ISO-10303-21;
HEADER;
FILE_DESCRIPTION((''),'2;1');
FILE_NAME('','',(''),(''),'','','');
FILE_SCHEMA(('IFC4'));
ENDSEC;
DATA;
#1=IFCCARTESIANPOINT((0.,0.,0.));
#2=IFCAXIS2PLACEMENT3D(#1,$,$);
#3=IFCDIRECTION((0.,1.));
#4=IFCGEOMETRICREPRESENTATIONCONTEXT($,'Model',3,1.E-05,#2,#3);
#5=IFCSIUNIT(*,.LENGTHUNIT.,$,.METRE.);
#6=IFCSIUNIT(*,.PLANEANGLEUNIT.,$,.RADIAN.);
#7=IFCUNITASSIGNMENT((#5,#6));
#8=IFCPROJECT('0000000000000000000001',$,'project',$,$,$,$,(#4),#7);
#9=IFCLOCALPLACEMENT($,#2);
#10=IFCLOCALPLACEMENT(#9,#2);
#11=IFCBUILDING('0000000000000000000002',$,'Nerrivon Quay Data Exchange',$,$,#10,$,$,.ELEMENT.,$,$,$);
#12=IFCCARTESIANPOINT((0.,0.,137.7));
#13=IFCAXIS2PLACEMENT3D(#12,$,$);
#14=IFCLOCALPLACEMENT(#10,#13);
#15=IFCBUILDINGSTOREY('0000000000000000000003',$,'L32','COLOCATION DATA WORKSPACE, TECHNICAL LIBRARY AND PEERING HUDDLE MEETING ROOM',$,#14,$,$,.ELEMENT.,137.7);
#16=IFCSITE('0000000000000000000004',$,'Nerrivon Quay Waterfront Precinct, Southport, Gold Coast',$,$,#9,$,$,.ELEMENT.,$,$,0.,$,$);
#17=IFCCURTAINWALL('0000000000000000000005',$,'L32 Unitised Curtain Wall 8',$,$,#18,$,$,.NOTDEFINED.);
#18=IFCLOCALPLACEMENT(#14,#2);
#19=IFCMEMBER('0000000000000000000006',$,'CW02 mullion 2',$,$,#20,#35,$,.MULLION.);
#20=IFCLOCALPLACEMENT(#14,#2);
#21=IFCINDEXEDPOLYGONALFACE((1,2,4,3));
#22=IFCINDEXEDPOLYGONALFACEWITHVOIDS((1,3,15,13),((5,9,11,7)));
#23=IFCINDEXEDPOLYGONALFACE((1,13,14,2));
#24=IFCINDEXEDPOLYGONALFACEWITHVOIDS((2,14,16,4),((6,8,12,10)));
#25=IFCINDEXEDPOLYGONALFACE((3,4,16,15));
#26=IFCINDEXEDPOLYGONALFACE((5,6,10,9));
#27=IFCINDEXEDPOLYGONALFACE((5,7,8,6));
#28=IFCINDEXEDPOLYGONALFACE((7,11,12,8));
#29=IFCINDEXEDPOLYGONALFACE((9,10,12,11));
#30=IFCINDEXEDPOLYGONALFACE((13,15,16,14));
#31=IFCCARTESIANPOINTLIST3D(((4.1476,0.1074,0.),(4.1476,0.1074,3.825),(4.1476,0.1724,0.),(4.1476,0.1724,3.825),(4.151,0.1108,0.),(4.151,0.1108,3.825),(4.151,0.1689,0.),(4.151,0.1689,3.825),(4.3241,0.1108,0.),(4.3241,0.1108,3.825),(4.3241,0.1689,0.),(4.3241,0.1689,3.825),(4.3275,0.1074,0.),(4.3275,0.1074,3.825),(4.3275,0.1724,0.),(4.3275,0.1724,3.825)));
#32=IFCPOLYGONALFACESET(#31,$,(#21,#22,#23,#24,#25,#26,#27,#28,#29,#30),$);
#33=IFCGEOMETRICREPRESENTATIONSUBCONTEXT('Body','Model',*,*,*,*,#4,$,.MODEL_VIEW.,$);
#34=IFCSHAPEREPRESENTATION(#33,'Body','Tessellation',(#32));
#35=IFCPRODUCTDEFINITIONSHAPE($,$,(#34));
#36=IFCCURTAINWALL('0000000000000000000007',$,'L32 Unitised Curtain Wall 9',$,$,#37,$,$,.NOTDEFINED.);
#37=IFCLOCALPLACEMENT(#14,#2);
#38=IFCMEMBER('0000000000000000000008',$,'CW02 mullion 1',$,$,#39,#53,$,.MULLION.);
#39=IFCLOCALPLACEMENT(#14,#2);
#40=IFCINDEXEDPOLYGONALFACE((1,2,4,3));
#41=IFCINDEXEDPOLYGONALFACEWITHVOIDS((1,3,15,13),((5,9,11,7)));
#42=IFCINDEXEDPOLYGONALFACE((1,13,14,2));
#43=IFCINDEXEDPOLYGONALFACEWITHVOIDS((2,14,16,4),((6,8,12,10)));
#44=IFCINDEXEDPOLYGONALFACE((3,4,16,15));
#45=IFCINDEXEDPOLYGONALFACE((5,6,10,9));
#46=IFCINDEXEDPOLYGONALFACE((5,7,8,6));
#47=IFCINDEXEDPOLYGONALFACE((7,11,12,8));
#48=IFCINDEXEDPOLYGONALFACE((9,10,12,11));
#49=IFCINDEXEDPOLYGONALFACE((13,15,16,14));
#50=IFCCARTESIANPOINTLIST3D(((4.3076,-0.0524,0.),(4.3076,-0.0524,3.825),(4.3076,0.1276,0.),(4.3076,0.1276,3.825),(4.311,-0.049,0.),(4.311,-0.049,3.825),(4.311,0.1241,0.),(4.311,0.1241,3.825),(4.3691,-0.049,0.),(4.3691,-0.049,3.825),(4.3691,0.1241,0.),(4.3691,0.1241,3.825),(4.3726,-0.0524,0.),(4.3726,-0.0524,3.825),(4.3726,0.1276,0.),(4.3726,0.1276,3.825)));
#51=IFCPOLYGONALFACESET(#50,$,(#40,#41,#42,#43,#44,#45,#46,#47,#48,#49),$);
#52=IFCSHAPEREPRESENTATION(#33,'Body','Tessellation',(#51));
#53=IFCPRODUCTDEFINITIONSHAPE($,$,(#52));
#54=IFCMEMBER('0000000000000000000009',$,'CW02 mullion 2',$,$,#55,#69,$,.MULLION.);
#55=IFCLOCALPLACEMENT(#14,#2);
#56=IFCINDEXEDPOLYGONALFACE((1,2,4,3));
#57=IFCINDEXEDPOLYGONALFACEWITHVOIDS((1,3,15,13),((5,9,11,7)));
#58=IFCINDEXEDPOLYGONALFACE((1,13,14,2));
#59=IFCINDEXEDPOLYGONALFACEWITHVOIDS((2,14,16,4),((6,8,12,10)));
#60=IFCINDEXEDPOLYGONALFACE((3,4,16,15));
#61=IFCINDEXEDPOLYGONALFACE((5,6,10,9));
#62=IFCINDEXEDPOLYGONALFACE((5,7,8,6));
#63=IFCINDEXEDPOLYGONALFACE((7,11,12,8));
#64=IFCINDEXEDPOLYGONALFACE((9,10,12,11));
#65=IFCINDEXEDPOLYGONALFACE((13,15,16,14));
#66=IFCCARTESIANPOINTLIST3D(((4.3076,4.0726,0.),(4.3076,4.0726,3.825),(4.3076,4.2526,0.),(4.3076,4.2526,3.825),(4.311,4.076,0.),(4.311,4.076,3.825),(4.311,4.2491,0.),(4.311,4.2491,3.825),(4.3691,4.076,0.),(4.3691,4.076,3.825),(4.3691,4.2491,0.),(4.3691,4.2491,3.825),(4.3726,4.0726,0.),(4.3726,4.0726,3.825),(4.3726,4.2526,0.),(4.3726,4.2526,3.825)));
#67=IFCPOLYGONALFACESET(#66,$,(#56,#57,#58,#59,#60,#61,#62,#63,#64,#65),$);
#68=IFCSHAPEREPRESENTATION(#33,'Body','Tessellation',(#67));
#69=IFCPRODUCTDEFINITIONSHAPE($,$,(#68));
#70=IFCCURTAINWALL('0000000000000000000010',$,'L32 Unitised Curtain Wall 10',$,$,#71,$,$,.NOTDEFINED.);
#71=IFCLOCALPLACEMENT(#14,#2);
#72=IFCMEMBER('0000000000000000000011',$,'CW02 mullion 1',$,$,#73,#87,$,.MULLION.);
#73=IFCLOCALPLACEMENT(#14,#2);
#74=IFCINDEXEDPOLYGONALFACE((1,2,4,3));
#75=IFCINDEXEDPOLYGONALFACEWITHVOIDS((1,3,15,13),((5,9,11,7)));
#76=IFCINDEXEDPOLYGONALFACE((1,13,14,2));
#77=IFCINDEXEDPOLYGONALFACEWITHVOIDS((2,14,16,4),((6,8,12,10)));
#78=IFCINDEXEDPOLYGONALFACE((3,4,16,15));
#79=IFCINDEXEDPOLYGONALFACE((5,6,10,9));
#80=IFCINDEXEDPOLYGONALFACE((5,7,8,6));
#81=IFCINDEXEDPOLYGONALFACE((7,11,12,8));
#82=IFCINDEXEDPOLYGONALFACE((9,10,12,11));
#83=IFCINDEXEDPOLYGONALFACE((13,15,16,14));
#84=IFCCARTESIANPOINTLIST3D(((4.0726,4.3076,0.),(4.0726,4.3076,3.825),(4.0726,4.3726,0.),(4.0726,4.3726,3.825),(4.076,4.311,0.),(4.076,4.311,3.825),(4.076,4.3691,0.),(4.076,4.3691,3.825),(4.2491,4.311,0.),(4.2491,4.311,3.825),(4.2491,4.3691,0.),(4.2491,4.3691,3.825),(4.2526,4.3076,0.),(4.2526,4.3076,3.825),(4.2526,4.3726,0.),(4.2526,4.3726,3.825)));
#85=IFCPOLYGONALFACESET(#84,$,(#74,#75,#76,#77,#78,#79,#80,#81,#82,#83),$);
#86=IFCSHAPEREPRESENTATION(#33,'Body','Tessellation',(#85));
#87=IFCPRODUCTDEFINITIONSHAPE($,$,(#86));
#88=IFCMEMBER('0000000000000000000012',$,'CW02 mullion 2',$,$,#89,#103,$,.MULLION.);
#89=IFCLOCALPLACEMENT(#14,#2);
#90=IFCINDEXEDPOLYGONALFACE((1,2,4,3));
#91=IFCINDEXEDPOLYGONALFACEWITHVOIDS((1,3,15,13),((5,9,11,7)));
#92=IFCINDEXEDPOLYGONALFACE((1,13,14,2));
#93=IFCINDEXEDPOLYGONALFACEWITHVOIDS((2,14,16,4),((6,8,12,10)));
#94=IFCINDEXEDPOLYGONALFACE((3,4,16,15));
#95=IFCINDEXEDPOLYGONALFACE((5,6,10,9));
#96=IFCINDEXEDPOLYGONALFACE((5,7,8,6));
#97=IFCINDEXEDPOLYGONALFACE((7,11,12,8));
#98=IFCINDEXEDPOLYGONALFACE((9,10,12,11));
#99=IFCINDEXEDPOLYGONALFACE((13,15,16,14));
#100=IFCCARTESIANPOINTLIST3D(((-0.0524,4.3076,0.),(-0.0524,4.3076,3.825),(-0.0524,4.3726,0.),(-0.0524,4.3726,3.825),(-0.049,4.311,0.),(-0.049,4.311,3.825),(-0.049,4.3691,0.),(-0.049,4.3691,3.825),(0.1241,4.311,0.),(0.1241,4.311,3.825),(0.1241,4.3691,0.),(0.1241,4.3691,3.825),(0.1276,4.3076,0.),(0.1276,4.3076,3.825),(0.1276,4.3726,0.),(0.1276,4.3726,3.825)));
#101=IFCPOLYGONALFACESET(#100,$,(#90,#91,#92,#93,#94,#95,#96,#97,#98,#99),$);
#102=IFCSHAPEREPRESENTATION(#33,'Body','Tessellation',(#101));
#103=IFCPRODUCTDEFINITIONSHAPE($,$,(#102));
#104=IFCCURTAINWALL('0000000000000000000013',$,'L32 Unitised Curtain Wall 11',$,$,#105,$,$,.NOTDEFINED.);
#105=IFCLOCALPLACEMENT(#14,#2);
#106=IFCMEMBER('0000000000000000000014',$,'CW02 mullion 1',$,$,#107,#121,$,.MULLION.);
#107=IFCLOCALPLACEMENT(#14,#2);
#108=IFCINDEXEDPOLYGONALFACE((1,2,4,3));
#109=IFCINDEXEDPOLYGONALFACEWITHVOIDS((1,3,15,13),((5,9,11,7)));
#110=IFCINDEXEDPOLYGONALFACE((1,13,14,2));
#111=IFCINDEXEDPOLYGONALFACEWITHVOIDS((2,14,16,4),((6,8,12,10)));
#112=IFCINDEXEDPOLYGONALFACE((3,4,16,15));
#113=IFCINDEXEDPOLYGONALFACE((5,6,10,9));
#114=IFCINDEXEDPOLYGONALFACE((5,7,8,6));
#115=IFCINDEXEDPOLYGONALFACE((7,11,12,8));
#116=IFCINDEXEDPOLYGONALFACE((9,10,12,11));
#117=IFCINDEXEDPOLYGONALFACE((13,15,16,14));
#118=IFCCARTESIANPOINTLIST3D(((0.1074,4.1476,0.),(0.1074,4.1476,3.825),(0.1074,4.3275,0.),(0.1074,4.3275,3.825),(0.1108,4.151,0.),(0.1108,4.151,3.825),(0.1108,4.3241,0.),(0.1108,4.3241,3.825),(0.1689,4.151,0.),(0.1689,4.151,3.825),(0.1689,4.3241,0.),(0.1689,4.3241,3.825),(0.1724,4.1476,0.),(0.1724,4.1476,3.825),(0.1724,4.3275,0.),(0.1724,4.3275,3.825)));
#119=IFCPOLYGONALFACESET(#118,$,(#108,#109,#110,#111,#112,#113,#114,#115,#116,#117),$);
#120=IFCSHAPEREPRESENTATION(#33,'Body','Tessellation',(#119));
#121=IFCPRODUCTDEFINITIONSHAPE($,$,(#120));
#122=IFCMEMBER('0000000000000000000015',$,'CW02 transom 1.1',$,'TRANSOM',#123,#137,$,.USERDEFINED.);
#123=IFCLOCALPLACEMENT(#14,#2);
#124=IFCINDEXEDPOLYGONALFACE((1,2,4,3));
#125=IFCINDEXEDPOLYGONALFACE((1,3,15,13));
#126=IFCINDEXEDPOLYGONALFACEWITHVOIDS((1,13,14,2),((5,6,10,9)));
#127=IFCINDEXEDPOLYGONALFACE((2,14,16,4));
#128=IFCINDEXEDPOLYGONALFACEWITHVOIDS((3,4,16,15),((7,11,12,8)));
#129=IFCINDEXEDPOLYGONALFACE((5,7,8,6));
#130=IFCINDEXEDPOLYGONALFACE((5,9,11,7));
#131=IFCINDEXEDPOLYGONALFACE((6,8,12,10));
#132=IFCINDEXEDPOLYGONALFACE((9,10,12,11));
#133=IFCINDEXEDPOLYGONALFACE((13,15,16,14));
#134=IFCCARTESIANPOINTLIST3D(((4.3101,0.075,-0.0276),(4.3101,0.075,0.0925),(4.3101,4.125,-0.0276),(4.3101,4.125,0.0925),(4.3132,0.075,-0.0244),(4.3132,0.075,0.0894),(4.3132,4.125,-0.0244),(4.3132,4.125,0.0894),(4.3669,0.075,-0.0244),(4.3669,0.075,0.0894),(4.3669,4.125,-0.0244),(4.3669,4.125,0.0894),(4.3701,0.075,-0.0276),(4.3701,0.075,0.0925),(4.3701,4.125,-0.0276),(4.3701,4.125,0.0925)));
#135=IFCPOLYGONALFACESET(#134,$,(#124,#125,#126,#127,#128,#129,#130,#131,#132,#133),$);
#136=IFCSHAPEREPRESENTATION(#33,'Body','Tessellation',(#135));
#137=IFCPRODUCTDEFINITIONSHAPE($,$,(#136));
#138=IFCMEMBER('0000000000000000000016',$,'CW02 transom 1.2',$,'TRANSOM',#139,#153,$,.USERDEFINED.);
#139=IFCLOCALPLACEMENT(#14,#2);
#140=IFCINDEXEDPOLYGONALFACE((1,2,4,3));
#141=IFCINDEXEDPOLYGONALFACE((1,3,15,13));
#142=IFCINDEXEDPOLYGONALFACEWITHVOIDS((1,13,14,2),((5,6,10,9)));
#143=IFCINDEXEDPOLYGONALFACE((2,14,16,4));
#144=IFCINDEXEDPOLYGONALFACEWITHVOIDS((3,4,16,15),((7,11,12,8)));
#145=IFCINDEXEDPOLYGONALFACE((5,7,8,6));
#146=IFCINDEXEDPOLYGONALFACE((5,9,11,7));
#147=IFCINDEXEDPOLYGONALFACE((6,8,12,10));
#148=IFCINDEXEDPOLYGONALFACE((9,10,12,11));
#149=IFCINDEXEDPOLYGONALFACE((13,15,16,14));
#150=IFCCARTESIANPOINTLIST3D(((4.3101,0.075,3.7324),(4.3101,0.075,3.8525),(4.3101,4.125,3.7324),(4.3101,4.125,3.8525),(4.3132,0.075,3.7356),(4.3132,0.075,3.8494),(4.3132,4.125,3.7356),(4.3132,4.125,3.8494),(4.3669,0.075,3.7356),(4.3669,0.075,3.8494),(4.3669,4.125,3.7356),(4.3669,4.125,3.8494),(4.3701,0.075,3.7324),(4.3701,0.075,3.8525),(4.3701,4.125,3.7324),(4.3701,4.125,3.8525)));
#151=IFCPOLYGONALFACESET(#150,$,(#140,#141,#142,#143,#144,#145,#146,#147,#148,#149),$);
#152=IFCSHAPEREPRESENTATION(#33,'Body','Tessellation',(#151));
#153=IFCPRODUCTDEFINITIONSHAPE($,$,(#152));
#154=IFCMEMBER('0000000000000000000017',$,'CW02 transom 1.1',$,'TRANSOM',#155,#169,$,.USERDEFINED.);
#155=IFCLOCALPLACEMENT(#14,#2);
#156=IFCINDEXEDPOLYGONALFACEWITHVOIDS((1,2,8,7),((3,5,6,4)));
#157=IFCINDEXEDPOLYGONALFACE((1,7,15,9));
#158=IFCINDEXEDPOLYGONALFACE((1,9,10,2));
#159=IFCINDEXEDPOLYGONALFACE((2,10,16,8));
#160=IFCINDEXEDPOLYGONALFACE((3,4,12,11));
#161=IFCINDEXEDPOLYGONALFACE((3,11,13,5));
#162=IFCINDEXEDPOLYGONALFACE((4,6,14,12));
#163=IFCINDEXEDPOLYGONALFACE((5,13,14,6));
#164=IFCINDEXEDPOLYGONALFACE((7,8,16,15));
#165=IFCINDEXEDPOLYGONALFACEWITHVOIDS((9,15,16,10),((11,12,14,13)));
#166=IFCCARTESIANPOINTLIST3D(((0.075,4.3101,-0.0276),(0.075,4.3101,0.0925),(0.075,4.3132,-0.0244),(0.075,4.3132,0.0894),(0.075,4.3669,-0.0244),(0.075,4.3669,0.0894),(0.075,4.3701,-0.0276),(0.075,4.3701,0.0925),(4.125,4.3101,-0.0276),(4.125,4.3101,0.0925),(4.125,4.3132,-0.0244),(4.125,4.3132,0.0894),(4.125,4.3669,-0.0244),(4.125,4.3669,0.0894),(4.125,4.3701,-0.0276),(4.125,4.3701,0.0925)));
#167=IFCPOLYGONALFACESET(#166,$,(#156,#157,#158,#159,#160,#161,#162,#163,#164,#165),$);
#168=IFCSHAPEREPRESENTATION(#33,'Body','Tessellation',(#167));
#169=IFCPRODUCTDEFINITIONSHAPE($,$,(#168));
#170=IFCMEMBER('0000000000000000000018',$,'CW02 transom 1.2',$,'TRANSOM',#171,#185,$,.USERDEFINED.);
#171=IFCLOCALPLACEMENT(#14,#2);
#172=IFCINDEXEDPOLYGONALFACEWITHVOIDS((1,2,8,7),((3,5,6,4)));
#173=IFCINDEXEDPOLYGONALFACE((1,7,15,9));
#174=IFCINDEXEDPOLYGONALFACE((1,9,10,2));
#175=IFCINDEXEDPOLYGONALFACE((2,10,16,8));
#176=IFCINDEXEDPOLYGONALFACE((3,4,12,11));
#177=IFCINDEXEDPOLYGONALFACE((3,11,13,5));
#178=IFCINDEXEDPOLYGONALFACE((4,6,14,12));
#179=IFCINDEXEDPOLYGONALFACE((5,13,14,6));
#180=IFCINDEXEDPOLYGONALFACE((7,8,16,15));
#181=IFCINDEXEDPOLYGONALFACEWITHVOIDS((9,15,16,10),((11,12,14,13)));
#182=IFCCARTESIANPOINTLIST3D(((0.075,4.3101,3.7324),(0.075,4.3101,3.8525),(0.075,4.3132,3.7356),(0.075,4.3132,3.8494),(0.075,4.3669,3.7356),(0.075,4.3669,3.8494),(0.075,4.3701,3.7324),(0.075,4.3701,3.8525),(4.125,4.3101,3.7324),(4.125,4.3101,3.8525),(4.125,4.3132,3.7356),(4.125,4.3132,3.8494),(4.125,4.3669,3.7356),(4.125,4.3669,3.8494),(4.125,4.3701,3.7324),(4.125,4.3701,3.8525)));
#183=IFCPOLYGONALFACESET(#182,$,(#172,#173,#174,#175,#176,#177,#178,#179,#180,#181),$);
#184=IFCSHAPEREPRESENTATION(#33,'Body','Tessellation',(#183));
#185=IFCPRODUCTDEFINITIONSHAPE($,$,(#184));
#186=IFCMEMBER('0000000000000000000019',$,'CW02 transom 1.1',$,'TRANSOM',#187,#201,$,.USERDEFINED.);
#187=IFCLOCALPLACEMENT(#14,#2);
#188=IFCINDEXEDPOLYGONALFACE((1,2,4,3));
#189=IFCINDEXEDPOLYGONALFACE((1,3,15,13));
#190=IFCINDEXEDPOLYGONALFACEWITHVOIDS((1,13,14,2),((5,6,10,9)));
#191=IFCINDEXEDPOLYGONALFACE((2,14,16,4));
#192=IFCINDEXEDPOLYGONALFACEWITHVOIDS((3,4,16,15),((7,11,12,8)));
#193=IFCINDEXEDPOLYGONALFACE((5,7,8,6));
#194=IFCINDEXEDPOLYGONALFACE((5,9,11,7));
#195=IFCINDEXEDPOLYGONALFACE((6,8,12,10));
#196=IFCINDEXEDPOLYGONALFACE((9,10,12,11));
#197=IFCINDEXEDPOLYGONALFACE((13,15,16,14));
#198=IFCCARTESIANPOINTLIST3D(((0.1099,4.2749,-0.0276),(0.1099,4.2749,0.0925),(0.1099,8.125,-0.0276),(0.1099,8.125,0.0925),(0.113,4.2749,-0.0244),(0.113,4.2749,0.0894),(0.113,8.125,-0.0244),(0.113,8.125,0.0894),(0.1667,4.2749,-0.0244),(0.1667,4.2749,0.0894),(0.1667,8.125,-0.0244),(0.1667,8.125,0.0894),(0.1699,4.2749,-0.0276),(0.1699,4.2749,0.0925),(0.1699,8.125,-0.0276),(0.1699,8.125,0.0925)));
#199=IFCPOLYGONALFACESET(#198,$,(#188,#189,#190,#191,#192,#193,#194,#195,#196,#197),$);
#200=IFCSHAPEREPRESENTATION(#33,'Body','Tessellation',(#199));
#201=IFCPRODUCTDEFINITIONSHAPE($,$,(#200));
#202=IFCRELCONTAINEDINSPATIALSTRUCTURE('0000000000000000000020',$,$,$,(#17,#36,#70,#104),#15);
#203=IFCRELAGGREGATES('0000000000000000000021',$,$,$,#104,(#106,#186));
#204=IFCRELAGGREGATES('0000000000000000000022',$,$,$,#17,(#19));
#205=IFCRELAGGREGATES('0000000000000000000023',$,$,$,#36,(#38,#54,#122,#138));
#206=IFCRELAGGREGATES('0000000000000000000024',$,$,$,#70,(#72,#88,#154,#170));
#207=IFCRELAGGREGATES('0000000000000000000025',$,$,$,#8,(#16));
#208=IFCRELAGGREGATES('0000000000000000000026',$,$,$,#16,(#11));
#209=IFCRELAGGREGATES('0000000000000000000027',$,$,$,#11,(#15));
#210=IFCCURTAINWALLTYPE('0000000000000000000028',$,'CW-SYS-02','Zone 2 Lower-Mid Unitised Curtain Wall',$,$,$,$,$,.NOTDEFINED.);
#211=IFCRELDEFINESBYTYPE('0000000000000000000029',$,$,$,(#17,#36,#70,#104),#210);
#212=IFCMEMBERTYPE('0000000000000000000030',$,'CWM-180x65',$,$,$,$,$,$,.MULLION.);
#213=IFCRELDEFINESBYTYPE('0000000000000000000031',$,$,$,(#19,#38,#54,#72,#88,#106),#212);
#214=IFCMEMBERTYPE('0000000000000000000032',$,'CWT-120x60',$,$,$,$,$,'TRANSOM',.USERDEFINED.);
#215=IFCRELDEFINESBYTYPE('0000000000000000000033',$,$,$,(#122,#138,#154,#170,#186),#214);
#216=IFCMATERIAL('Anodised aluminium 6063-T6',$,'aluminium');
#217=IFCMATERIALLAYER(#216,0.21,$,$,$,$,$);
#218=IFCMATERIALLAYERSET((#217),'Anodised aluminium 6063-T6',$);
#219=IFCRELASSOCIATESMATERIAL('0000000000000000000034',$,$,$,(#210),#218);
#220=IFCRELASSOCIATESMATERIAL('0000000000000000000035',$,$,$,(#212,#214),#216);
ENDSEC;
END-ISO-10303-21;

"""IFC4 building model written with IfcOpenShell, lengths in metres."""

from ifc_helpers import new_model, si_unit, direction, frame, origin, origin_2d, place, context, subcontext, project, spatial, hollow_rectangle, extrude, material, layer, layer_set, material_profile, profile_set, type_object, element, aggregate, save


model = new_model("IFC4")

# Units and contexts
model_context = context("Model", 3, precision=1e-05, world=origin(), true_north=direction((0.0, 1.0)))
body_context = subcontext(model_context, "Body", "Model", "MODEL_VIEW")
ifc_project = project(units=[si_unit("LENGTHUNIT", "METRE"), si_unit("PLANEANGLEUNIT", "RADIAN")], contexts=[model_context])

# Site, building, storey
site_placement = place(None, origin())
site = spatial("IfcSite", under=ifc_project, at=site_placement, Name="Nerrivon Quay Waterfront Precinct, Southport, Gold Coast", CompositionType="ELEMENT", RefElevation=0.0)
building_placement = place(site_placement, origin())
building = spatial("IfcBuilding", under=site, at=building_placement, Name="Nerrivon Quay Data Exchange", CompositionType="ELEMENT")
storey_placement = place(building_placement, frame((0.0, 0.0, 137.7)))
storey = spatial("IfcBuildingStorey", under=building, at=storey_placement, Name="L32", Description="COLOCATION DATA WORKSPACE, TECHNICAL LIBRARY AND PEERING HUDDLE MEETING ROOM", CompositionType="ELEMENT", Elevation=137.7)

# Curtain wall, member
ifc_material_1 = material(Name="Anodised aluminium 6063-T6", Category="aluminium")
ifc_layer_1 = layer(ifc_material_1, 0.21)
ifc_layer_set_1 = layer_set([ifc_layer_1], Name="Anodised aluminium 6063-T6")
curtain_wall_type = type_object("IfcCurtainWallType", Name="CW-SYS-02", Description="Zone 2 Lower-Mid Unitised Curtain Wall", PredefinedType="NOTDEFINED", material=ifc_layer_set_1)
curtain_wall_1_placement = place(storey_placement, origin())
curtain_wall_1 = element("IfcCurtainWall", 1, at=curtain_wall_1_placement, inside=storey, type_object=curtain_wall_type, Name="L32 Unitised Curtain Wall 8", PredefinedType="NOTDEFINED")
ifc_material_profile_1 = material_profile(ifc_material_1, hollow_rectangle(XDim=0.0649, YDim=0.1799, WallThickness=0.0034, at=origin_2d()), Name="ALU-MULL-180x65")
ifc_profile_set_1 = profile_set([ifc_material_profile_1], Name="Anodised aluminium 6063-T6")
member_type_1 = type_object("IfcMemberType", Name="CWM-180x65", PredefinedType="MULLION", material=ifc_profile_set_1)
member_1_placement = place(storey_placement, frame((4.2375, 0.1399, 0.0), z_axis=(0.0, 0.0, 1.0), x_axis=(0.0, -1.0, 0.0)))
member_1 = element("IfcMember", 2, at=member_1_placement, type_object=member_type_1, Name="CW02 mullion 2", PredefinedType="MULLION", context=body_context, shape_type="SweptSolid", body=[
    extrude(hollow_rectangle(XDim=0.0649, YDim=0.1799, WallThickness=0.0034, at=origin_2d()), origin(), (0.0, 0.0, 1.0), 3.825),
])

# Curtain walls, members
curtain_wall_2_placement = place(storey_placement, origin())
curtain_wall_2 = element("IfcCurtainWall", 3, at=curtain_wall_2_placement, inside=storey, type_object=curtain_wall_type, Name="L32 Unitised Curtain Wall 9", PredefinedType="NOTDEFINED")
member_2_placement = place(storey_placement, frame((4.3401, 0.0376, 0.0), z_axis=(0.0, 0.0, 1.0), x_axis=(-1.0, 0.0, 0.0)))
member_2 = element("IfcMember", 4, at=member_2_placement, type_object=member_type_1, Name="CW02 mullion 1", PredefinedType="MULLION", context=body_context, shape_type="SweptSolid", body=[
    extrude(hollow_rectangle(XDim=0.0649, YDim=0.1799, WallThickness=0.0034, at=origin_2d()), origin(), (0.0, 0.0, 1.0), 3.825),
])
member_3_placement = place(storey_placement, frame((4.3401, 4.1626, 0.0), z_axis=(0.0, 0.0, 1.0), x_axis=(-1.0, 0.0, 0.0)))
member_3 = element("IfcMember", 5, at=member_3_placement, type_object=member_type_1, Name="CW02 mullion 2", PredefinedType="MULLION", context=body_context, shape_type="SweptSolid", body=[
    extrude(hollow_rectangle(XDim=0.0649, YDim=0.1799, WallThickness=0.0034, at=origin_2d()), origin(), (0.0, 0.0, 1.0), 3.825),
])
curtain_wall_3_placement = place(storey_placement, origin())
curtain_wall_3 = element("IfcCurtainWall", 6, at=curtain_wall_3_placement, inside=storey, type_object=curtain_wall_type, Name="L32 Unitised Curtain Wall 10", PredefinedType="NOTDEFINED")
member_4_placement = place(storey_placement, frame((4.1626, 4.3401, 0.0), z_axis=(0.0, 0.0, 1.0), x_axis=(0.0, -1.0, 0.0)))
member_4 = element("IfcMember", 7, at=member_4_placement, type_object=member_type_1, Name="CW02 mullion 1", PredefinedType="MULLION", context=body_context, shape_type="SweptSolid", body=[
    extrude(hollow_rectangle(XDim=0.0649, YDim=0.1799, WallThickness=0.0034, at=origin_2d()), origin(), (0.0, 0.0, 1.0), 3.825),
])
member_5_placement = place(storey_placement, frame((0.0376, 4.3401, 0.0), z_axis=(0.0, 0.0, 1.0), x_axis=(0.0, -1.0, 0.0)))
member_5 = element("IfcMember", 8, at=member_5_placement, type_object=member_type_1, Name="CW02 mullion 2", PredefinedType="MULLION", context=body_context, shape_type="SweptSolid", body=[
    extrude(hollow_rectangle(XDim=0.0649, YDim=0.1799, WallThickness=0.0034, at=origin_2d()), origin(), (0.0, 0.0, 1.0), 3.825),
])

# Curtain wall, member
curtain_wall_4_placement = place(storey_placement, origin())
curtain_wall_4 = element("IfcCurtainWall", 9, at=curtain_wall_4_placement, inside=storey, type_object=curtain_wall_type, Name="L32 Unitised Curtain Wall 11", PredefinedType="NOTDEFINED")
member_6_placement = place(storey_placement, frame((0.1399, 4.2375, 0.0), z_axis=(0.0, 0.0, 1.0), x_axis=(-1.0, 0.0, 0.0)))
member_6 = element("IfcMember", 10, at=member_6_placement, type_object=member_type_1, Name="CW02 mullion 1", PredefinedType="MULLION", context=body_context, shape_type="SweptSolid", body=[
    extrude(hollow_rectangle(XDim=0.0649, YDim=0.1799, WallThickness=0.0034, at=origin_2d()), origin(), (0.0, 0.0, 1.0), 3.825),
])

# Members
ifc_material_profile_2 = material_profile(ifc_material_1, hollow_rectangle(XDim=0.0601, YDim=0.1201, WallThickness=0.0032, at=origin_2d()), Name="ALU-TRAN-120x60")
ifc_profile_set_2 = profile_set([ifc_material_profile_2], Name="Anodised aluminium 6063-T6")
member_type_2 = type_object("IfcMemberType", Name="CWT-120x60", ElementType="TRANSOM", PredefinedType="USERDEFINED", material=ifc_profile_set_2)
member_7_placement = place(storey_placement, frame((4.3401, 0.075, 0.0325), z_axis=(0.0, 1.0, 0.0), x_axis=(-1.0, 0.0, 0.0)))
member_7 = element("IfcMember", 11, at=member_7_placement, type_object=member_type_2, Name="CW02 transom 1.1", ObjectType="TRANSOM", PredefinedType="USERDEFINED", context=body_context, shape_type="SweptSolid", body=[
    extrude(hollow_rectangle(XDim=0.0601, YDim=0.1201, WallThickness=0.0032, at=origin_2d()), origin(), (0.0, 0.0, 1.0), 4.05),
])
member_8_placement = place(storey_placement, frame((4.3401, 0.075, 3.7925), z_axis=(0.0, 1.0, 0.0), x_axis=(-1.0, 0.0, 0.0)))
member_8 = element("IfcMember", 12, at=member_8_placement, type_object=member_type_2, Name="CW02 transom 1.2", ObjectType="TRANSOM", PredefinedType="USERDEFINED", context=body_context, shape_type="SweptSolid", body=[
    extrude(hollow_rectangle(XDim=0.0601, YDim=0.1201, WallThickness=0.0032, at=origin_2d()), origin(), (0.0, 0.0, 1.0), 4.05),
])
member_9_placement = place(storey_placement, frame((4.125, 4.3401, 0.0325), z_axis=(-1.0, 0.0, 0.0), x_axis=(0.0, -1.0, 0.0)))
member_9 = element("IfcMember", 13, at=member_9_placement, type_object=member_type_2, Name="CW02 transom 1.1", ObjectType="TRANSOM", PredefinedType="USERDEFINED", context=body_context, shape_type="SweptSolid", body=[
    extrude(hollow_rectangle(XDim=0.0601, YDim=0.1201, WallThickness=0.0032, at=origin_2d()), origin(), (0.0, 0.0, 1.0), 4.05),
])
member_10_placement = place(storey_placement, frame((4.125, 4.3401, 3.7925), z_axis=(-1.0, 0.0, 0.0), x_axis=(0.0, -1.0, 0.0)))
member_10 = element("IfcMember", 14, at=member_10_placement, type_object=member_type_2, Name="CW02 transom 1.2", ObjectType="TRANSOM", PredefinedType="USERDEFINED", context=body_context, shape_type="SweptSolid", body=[
    extrude(hollow_rectangle(XDim=0.0601, YDim=0.1201, WallThickness=0.0032, at=origin_2d()), origin(), (0.0, 0.0, 1.0), 4.05),
])
member_11_placement = place(storey_placement, frame((0.1399, 4.2749, 0.0325), z_axis=(0.0, 1.0, 0.0), x_axis=(-1.0, 0.0, 0.0)))
member_11 = element("IfcMember", 15, at=member_11_placement, type_object=member_type_2, Name="CW02 transom 1.1", ObjectType="TRANSOM", PredefinedType="USERDEFINED", context=body_context, shape_type="SweptSolid", body=[
    extrude(hollow_rectangle(XDim=0.0601, YDim=0.1201, WallThickness=0.0032, at=origin_2d()), origin(), (0.0, 0.0, 1.0), 3.8501),
])
aggregate(curtain_wall_4, [member_6, member_11])

aggregate(curtain_wall_1, [member_1])
aggregate(curtain_wall_2, [member_2, member_3, member_7, member_8])
aggregate(curtain_wall_3, [member_4, member_5, member_9, member_10])

save(model, "model.ifc")
